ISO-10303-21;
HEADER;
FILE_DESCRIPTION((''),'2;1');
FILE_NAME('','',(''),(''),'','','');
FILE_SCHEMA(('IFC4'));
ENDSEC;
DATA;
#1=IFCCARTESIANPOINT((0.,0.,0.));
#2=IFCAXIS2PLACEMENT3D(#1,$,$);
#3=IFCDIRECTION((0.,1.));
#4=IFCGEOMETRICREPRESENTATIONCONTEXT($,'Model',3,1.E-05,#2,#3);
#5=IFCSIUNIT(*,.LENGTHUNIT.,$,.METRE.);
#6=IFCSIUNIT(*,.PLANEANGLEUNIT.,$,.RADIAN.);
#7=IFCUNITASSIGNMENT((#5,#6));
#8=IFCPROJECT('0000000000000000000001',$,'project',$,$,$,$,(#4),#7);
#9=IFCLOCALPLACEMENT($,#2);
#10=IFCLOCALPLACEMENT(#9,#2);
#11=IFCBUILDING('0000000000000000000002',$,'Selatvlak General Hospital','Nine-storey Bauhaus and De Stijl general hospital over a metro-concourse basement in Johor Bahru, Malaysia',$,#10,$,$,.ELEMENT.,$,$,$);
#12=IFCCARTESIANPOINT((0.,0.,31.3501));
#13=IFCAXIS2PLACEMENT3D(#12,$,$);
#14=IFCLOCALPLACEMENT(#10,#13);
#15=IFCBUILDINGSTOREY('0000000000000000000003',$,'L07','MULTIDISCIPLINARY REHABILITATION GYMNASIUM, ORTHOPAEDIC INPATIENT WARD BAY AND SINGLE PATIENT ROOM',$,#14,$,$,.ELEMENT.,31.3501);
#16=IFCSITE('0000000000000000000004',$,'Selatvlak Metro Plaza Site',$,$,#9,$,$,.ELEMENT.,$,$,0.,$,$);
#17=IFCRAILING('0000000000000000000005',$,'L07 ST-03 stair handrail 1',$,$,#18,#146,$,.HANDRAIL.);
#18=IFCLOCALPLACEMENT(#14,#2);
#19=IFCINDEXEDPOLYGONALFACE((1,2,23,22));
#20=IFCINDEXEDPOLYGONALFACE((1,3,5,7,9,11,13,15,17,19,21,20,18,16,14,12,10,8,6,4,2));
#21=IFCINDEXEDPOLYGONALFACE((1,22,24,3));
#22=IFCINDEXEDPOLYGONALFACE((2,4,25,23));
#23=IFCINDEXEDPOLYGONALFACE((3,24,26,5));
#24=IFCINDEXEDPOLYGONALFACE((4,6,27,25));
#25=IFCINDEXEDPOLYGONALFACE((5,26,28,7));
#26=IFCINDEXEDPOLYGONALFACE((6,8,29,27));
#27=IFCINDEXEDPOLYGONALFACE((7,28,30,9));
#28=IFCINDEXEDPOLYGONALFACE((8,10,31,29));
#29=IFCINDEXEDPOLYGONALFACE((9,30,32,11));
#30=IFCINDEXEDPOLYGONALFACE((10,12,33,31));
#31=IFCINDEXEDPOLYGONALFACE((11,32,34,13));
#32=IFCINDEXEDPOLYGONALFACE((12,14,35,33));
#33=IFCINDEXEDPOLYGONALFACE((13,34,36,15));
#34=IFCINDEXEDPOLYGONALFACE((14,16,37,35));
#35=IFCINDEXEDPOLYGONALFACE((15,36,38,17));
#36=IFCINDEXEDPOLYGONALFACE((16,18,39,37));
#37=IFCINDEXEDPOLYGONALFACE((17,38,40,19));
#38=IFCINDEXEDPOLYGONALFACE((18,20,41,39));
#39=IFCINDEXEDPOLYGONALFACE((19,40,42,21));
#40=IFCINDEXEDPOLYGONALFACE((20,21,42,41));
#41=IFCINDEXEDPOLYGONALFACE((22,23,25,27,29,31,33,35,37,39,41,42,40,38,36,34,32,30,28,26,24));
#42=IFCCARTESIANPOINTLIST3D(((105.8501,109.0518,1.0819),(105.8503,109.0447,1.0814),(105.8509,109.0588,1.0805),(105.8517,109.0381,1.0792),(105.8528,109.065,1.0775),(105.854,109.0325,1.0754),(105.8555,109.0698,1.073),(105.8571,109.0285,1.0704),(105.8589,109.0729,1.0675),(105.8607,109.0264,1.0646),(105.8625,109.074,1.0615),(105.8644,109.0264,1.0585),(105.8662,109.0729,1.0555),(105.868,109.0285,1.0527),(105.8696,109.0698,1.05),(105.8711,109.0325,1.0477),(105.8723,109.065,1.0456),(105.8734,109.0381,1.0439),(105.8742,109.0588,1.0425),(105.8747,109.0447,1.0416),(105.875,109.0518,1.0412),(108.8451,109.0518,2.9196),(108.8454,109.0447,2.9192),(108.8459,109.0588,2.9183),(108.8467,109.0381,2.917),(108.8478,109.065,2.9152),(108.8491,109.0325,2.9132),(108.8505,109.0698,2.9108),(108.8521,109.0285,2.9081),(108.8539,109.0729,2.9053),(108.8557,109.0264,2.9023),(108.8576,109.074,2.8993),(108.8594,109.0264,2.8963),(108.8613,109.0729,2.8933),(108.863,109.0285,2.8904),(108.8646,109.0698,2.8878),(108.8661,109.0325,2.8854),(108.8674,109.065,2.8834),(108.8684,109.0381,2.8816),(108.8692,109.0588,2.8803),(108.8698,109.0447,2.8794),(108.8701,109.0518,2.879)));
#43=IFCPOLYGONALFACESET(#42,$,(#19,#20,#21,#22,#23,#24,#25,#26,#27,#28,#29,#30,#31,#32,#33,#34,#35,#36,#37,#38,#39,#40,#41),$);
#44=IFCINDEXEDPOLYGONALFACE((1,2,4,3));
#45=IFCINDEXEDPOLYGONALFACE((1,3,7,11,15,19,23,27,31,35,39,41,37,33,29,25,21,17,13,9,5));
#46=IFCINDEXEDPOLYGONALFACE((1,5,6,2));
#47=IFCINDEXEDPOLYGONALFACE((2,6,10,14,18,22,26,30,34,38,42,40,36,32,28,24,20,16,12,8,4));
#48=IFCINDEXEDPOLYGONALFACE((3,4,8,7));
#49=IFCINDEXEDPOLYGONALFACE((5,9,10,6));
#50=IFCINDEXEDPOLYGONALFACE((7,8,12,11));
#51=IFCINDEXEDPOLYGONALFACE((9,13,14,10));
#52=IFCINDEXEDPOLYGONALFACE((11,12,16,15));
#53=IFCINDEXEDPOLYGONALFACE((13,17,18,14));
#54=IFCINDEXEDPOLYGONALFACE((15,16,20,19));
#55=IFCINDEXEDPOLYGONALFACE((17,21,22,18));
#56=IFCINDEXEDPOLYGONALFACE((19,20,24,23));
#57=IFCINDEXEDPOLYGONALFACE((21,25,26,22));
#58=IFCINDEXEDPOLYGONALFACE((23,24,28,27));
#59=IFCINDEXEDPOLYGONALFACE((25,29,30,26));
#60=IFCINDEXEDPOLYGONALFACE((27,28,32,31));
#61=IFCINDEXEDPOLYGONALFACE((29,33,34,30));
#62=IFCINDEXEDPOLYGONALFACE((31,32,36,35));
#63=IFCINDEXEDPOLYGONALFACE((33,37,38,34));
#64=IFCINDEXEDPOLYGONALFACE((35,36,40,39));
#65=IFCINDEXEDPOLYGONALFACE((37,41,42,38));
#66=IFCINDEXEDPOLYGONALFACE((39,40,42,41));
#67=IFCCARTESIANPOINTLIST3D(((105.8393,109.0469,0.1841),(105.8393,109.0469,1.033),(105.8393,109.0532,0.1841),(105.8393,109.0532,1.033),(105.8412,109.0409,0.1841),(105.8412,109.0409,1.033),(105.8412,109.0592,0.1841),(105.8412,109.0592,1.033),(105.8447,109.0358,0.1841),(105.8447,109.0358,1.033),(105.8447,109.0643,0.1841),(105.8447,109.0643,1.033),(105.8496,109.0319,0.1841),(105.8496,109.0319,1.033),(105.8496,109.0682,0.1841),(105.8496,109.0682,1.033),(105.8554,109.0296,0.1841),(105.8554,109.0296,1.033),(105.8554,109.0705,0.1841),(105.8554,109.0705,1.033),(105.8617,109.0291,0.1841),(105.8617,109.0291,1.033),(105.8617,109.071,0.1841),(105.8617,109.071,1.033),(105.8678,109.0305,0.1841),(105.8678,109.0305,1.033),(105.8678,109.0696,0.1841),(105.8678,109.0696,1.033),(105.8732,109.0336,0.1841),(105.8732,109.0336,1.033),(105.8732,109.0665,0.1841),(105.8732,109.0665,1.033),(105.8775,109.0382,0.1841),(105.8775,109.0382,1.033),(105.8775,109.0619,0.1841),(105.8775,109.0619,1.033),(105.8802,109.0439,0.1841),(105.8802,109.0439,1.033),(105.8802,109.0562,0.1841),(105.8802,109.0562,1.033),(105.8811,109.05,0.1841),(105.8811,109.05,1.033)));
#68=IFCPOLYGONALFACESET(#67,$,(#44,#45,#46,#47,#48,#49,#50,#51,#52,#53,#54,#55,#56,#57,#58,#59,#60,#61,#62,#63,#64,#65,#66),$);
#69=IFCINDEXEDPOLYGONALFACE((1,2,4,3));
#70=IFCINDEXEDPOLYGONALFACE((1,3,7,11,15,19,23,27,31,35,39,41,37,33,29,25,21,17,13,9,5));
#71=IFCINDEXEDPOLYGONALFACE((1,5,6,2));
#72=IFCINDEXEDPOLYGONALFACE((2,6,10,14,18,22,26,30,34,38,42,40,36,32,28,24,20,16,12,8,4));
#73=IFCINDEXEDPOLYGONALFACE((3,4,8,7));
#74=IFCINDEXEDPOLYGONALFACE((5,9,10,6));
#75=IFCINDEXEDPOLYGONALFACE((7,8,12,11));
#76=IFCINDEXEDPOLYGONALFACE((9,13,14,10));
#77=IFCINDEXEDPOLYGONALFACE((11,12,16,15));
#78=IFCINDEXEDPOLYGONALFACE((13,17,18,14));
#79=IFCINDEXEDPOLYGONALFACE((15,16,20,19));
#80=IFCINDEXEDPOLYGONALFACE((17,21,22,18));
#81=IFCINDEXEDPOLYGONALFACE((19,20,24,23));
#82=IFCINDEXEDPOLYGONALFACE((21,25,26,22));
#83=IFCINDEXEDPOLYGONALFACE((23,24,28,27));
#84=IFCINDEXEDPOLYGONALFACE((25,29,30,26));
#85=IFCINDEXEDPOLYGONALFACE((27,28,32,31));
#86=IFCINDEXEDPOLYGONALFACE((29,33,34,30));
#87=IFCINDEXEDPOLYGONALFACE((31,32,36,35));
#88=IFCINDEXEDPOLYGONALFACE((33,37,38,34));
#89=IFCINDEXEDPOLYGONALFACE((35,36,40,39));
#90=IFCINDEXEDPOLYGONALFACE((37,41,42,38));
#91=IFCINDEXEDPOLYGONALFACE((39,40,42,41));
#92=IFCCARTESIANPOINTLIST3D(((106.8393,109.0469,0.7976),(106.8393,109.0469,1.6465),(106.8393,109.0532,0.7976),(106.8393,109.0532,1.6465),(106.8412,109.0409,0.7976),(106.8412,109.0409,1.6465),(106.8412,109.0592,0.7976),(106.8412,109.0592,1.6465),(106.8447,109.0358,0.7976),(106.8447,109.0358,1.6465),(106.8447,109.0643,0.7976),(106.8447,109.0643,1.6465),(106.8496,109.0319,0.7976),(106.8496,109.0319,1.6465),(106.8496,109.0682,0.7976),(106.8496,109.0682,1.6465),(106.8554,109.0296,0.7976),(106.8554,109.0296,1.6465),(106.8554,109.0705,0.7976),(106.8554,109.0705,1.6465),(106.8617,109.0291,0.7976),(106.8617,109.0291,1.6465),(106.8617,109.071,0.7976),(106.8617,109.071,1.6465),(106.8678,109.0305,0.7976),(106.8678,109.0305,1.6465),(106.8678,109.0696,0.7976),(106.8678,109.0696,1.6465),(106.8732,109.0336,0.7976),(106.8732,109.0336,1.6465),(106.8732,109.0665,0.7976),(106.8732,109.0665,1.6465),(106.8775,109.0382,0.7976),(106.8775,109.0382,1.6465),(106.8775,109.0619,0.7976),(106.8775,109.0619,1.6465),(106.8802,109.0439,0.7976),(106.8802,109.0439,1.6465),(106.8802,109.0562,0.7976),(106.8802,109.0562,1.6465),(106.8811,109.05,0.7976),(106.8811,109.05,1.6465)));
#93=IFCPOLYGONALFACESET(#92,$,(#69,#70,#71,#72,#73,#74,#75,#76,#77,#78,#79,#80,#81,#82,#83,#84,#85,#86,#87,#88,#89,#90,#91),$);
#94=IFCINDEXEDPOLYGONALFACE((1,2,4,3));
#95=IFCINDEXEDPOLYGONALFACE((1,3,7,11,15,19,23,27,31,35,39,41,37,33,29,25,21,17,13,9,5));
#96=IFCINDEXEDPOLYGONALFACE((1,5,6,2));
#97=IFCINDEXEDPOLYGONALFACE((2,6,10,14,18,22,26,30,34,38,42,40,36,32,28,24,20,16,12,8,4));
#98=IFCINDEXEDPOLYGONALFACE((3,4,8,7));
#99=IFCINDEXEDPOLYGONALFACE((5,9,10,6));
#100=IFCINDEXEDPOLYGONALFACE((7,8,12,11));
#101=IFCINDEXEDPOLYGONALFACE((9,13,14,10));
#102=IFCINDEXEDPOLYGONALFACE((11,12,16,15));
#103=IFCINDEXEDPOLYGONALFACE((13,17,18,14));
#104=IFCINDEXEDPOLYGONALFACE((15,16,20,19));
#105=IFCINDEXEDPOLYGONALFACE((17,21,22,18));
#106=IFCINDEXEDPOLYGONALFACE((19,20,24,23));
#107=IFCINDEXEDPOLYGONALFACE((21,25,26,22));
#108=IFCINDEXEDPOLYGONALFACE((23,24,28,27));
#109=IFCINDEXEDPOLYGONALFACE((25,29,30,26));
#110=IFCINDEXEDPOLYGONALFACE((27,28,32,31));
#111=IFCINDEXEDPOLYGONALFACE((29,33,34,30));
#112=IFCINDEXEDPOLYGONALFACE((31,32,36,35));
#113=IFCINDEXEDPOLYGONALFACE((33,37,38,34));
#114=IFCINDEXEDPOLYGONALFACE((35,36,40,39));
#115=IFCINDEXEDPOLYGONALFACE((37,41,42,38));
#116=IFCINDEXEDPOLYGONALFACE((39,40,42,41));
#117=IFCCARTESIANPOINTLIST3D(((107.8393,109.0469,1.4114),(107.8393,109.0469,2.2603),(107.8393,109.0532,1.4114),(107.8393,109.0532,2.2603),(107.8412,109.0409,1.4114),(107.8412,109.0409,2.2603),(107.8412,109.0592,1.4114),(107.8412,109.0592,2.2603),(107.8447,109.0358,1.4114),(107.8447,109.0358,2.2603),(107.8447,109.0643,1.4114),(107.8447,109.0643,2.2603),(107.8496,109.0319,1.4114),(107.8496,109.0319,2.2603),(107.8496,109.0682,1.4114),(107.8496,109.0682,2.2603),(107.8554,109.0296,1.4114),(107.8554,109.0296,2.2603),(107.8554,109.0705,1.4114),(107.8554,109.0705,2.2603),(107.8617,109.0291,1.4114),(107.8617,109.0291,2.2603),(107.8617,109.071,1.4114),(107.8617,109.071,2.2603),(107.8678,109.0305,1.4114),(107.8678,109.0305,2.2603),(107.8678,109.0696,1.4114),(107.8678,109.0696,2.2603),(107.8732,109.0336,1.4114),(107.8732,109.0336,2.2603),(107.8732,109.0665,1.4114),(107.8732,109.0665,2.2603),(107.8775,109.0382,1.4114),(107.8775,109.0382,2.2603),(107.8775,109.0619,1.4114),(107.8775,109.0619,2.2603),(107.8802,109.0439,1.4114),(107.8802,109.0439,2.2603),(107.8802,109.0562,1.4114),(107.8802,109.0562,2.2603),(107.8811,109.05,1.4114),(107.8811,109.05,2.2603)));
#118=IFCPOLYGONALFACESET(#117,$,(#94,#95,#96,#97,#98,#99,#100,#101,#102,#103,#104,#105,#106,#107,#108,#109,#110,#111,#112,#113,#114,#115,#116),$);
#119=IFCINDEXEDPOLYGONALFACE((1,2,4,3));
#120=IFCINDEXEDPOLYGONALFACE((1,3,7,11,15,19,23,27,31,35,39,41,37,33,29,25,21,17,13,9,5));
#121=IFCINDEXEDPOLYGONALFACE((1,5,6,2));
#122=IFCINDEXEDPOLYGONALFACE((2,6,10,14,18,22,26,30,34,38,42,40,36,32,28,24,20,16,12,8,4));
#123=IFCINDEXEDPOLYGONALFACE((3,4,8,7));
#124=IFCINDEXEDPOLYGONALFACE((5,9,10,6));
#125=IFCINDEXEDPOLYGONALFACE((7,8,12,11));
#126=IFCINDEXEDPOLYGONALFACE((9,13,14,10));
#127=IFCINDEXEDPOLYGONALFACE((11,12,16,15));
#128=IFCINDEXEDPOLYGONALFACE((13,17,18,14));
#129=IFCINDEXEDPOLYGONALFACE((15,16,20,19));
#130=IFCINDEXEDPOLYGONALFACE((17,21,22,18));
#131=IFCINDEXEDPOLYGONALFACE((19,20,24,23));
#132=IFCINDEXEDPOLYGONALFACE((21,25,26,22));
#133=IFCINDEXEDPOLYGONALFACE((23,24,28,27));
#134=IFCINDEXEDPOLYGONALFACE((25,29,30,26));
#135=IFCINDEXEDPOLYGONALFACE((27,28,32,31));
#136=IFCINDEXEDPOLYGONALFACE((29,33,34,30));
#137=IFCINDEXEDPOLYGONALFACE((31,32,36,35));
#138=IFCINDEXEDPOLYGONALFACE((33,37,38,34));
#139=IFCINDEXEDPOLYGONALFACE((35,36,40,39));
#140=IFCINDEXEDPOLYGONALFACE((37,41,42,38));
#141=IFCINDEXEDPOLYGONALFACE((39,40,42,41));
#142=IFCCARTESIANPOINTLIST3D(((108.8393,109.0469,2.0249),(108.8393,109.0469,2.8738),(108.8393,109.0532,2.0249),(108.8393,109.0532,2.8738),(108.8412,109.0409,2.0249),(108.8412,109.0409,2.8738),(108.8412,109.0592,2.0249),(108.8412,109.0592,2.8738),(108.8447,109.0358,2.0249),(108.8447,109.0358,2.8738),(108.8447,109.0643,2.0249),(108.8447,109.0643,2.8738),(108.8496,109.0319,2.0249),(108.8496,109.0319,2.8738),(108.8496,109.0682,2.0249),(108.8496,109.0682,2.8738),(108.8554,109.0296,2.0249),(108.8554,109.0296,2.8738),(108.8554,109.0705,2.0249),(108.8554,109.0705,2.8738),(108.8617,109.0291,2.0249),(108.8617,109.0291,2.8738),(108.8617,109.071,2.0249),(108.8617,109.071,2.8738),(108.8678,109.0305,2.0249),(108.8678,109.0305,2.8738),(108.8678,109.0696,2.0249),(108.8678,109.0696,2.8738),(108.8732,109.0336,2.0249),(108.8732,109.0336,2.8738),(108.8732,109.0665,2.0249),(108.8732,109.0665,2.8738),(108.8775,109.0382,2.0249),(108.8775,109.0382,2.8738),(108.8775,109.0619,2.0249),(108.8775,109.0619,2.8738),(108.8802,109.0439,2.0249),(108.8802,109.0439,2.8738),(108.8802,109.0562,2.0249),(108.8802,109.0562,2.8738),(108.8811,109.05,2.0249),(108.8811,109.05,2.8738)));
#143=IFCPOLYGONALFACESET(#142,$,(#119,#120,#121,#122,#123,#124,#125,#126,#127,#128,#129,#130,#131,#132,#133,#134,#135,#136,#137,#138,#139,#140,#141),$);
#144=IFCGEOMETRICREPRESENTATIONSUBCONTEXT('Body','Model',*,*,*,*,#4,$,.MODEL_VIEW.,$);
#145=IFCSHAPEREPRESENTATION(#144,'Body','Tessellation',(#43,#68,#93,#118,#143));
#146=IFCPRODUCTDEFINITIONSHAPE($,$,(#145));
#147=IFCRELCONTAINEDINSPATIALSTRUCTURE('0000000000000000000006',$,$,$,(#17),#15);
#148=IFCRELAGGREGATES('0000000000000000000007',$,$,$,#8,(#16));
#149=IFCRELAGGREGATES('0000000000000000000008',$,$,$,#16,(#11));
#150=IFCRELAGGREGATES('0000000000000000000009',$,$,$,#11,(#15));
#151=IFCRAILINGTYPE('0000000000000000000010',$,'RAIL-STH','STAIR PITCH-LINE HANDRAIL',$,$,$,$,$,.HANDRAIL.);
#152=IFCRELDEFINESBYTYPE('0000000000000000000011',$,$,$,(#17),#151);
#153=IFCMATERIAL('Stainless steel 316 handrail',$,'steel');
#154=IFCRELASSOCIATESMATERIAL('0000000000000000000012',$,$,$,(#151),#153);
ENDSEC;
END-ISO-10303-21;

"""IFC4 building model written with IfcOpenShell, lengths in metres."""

from ifc_helpers import new_model, si_unit, direction, frame, origin, origin_2d, place, context, subcontext, project, spatial, circle, extrude, material, type_object, element, save


model = new_model("IFC4")

# Units and contexts
model_context = context("Model", 3, precision=1e-05, world=origin(), true_north=direction((0.0, 1.0)))
body_context = subcontext(model_context, "Body", "Model", "MODEL_VIEW")
ifc_project = project(units=[si_unit("LENGTHUNIT", "METRE"), si_unit("PLANEANGLEUNIT", "RADIAN")], contexts=[model_context])

# Site, building, storey
site_placement = place(None, origin())
site = spatial("IfcSite", under=ifc_project, at=site_placement, Name="Selatvlak Metro Plaza Site", CompositionType="ELEMENT", RefElevation=0.0)
building_placement = place(site_placement, origin())
building = spatial("IfcBuilding", under=site, at=building_placement, Name="Selatvlak General Hospital", Description="Nine-storey Bauhaus and De Stijl general hospital over a metro-concourse basement in Johor Bahru, Malaysia", CompositionType="ELEMENT")
storey_placement = place(building_placement, frame((0.0, 0.0, 31.3501)))
storey = spatial("IfcBuildingStorey", under=building, at=storey_placement, Name="L07", Description="MULTIDISCIPLINARY REHABILITATION GYMNASIUM, ORTHOPAEDIC INPATIENT WARD BAY AND SINGLE PATIENT ROOM", CompositionType="ELEMENT", Elevation=31.3501)

# Railing
ifc_material_1 = material(Name="Stainless steel 316 handrail", Category="steel")
railing_type_1 = type_object("IfcRailingType", Name="RAIL-STH", Description="STAIR PITCH-LINE HANDRAIL", PredefinedType="HANDRAIL", material=ifc_material_1)
railing_1_placement = place(storey_placement, frame((105.8601, 109.05, 0.1841)))
element("IfcRailing", 1, at=railing_1_placement, inside=storey, type_object=railing_type_1, Name="L07 ST-03 stair handrail 1", PredefinedType="HANDRAIL", context=body_context, shape_type="SweptSolid", body=[
    extrude(circle(Radius=0.0239, at=origin_2d()), frame((0.0024, 0.0, 0.8774), z_axis=(0.852334, 0.0, 0.522998), x_axis=(0.0, 1.0, 0.0)), (0.0, 0.0, 1.0), 3.5139),
    extrude(circle(Radius=0.021, at=origin_2d()), origin(), (0.0, 0.0, 1.0), 0.8489),
    extrude(circle(Radius=0.021, at=origin_2d()), frame((1.0, 0.0, 0.6135)), (0.0, 0.0, 1.0), 0.8489),
    extrude(circle(Radius=0.021, at=origin_2d()), frame((2.0, 0.0, 1.2273)), (0.0, 0.0, 1.0), 0.8489),
    extrude(circle(Radius=0.021, at=origin_2d()), frame((3.0, 0.0, 1.8408)), (0.0, 0.0, 1.0), 0.8489),
])

save(model, "model.ifc")
